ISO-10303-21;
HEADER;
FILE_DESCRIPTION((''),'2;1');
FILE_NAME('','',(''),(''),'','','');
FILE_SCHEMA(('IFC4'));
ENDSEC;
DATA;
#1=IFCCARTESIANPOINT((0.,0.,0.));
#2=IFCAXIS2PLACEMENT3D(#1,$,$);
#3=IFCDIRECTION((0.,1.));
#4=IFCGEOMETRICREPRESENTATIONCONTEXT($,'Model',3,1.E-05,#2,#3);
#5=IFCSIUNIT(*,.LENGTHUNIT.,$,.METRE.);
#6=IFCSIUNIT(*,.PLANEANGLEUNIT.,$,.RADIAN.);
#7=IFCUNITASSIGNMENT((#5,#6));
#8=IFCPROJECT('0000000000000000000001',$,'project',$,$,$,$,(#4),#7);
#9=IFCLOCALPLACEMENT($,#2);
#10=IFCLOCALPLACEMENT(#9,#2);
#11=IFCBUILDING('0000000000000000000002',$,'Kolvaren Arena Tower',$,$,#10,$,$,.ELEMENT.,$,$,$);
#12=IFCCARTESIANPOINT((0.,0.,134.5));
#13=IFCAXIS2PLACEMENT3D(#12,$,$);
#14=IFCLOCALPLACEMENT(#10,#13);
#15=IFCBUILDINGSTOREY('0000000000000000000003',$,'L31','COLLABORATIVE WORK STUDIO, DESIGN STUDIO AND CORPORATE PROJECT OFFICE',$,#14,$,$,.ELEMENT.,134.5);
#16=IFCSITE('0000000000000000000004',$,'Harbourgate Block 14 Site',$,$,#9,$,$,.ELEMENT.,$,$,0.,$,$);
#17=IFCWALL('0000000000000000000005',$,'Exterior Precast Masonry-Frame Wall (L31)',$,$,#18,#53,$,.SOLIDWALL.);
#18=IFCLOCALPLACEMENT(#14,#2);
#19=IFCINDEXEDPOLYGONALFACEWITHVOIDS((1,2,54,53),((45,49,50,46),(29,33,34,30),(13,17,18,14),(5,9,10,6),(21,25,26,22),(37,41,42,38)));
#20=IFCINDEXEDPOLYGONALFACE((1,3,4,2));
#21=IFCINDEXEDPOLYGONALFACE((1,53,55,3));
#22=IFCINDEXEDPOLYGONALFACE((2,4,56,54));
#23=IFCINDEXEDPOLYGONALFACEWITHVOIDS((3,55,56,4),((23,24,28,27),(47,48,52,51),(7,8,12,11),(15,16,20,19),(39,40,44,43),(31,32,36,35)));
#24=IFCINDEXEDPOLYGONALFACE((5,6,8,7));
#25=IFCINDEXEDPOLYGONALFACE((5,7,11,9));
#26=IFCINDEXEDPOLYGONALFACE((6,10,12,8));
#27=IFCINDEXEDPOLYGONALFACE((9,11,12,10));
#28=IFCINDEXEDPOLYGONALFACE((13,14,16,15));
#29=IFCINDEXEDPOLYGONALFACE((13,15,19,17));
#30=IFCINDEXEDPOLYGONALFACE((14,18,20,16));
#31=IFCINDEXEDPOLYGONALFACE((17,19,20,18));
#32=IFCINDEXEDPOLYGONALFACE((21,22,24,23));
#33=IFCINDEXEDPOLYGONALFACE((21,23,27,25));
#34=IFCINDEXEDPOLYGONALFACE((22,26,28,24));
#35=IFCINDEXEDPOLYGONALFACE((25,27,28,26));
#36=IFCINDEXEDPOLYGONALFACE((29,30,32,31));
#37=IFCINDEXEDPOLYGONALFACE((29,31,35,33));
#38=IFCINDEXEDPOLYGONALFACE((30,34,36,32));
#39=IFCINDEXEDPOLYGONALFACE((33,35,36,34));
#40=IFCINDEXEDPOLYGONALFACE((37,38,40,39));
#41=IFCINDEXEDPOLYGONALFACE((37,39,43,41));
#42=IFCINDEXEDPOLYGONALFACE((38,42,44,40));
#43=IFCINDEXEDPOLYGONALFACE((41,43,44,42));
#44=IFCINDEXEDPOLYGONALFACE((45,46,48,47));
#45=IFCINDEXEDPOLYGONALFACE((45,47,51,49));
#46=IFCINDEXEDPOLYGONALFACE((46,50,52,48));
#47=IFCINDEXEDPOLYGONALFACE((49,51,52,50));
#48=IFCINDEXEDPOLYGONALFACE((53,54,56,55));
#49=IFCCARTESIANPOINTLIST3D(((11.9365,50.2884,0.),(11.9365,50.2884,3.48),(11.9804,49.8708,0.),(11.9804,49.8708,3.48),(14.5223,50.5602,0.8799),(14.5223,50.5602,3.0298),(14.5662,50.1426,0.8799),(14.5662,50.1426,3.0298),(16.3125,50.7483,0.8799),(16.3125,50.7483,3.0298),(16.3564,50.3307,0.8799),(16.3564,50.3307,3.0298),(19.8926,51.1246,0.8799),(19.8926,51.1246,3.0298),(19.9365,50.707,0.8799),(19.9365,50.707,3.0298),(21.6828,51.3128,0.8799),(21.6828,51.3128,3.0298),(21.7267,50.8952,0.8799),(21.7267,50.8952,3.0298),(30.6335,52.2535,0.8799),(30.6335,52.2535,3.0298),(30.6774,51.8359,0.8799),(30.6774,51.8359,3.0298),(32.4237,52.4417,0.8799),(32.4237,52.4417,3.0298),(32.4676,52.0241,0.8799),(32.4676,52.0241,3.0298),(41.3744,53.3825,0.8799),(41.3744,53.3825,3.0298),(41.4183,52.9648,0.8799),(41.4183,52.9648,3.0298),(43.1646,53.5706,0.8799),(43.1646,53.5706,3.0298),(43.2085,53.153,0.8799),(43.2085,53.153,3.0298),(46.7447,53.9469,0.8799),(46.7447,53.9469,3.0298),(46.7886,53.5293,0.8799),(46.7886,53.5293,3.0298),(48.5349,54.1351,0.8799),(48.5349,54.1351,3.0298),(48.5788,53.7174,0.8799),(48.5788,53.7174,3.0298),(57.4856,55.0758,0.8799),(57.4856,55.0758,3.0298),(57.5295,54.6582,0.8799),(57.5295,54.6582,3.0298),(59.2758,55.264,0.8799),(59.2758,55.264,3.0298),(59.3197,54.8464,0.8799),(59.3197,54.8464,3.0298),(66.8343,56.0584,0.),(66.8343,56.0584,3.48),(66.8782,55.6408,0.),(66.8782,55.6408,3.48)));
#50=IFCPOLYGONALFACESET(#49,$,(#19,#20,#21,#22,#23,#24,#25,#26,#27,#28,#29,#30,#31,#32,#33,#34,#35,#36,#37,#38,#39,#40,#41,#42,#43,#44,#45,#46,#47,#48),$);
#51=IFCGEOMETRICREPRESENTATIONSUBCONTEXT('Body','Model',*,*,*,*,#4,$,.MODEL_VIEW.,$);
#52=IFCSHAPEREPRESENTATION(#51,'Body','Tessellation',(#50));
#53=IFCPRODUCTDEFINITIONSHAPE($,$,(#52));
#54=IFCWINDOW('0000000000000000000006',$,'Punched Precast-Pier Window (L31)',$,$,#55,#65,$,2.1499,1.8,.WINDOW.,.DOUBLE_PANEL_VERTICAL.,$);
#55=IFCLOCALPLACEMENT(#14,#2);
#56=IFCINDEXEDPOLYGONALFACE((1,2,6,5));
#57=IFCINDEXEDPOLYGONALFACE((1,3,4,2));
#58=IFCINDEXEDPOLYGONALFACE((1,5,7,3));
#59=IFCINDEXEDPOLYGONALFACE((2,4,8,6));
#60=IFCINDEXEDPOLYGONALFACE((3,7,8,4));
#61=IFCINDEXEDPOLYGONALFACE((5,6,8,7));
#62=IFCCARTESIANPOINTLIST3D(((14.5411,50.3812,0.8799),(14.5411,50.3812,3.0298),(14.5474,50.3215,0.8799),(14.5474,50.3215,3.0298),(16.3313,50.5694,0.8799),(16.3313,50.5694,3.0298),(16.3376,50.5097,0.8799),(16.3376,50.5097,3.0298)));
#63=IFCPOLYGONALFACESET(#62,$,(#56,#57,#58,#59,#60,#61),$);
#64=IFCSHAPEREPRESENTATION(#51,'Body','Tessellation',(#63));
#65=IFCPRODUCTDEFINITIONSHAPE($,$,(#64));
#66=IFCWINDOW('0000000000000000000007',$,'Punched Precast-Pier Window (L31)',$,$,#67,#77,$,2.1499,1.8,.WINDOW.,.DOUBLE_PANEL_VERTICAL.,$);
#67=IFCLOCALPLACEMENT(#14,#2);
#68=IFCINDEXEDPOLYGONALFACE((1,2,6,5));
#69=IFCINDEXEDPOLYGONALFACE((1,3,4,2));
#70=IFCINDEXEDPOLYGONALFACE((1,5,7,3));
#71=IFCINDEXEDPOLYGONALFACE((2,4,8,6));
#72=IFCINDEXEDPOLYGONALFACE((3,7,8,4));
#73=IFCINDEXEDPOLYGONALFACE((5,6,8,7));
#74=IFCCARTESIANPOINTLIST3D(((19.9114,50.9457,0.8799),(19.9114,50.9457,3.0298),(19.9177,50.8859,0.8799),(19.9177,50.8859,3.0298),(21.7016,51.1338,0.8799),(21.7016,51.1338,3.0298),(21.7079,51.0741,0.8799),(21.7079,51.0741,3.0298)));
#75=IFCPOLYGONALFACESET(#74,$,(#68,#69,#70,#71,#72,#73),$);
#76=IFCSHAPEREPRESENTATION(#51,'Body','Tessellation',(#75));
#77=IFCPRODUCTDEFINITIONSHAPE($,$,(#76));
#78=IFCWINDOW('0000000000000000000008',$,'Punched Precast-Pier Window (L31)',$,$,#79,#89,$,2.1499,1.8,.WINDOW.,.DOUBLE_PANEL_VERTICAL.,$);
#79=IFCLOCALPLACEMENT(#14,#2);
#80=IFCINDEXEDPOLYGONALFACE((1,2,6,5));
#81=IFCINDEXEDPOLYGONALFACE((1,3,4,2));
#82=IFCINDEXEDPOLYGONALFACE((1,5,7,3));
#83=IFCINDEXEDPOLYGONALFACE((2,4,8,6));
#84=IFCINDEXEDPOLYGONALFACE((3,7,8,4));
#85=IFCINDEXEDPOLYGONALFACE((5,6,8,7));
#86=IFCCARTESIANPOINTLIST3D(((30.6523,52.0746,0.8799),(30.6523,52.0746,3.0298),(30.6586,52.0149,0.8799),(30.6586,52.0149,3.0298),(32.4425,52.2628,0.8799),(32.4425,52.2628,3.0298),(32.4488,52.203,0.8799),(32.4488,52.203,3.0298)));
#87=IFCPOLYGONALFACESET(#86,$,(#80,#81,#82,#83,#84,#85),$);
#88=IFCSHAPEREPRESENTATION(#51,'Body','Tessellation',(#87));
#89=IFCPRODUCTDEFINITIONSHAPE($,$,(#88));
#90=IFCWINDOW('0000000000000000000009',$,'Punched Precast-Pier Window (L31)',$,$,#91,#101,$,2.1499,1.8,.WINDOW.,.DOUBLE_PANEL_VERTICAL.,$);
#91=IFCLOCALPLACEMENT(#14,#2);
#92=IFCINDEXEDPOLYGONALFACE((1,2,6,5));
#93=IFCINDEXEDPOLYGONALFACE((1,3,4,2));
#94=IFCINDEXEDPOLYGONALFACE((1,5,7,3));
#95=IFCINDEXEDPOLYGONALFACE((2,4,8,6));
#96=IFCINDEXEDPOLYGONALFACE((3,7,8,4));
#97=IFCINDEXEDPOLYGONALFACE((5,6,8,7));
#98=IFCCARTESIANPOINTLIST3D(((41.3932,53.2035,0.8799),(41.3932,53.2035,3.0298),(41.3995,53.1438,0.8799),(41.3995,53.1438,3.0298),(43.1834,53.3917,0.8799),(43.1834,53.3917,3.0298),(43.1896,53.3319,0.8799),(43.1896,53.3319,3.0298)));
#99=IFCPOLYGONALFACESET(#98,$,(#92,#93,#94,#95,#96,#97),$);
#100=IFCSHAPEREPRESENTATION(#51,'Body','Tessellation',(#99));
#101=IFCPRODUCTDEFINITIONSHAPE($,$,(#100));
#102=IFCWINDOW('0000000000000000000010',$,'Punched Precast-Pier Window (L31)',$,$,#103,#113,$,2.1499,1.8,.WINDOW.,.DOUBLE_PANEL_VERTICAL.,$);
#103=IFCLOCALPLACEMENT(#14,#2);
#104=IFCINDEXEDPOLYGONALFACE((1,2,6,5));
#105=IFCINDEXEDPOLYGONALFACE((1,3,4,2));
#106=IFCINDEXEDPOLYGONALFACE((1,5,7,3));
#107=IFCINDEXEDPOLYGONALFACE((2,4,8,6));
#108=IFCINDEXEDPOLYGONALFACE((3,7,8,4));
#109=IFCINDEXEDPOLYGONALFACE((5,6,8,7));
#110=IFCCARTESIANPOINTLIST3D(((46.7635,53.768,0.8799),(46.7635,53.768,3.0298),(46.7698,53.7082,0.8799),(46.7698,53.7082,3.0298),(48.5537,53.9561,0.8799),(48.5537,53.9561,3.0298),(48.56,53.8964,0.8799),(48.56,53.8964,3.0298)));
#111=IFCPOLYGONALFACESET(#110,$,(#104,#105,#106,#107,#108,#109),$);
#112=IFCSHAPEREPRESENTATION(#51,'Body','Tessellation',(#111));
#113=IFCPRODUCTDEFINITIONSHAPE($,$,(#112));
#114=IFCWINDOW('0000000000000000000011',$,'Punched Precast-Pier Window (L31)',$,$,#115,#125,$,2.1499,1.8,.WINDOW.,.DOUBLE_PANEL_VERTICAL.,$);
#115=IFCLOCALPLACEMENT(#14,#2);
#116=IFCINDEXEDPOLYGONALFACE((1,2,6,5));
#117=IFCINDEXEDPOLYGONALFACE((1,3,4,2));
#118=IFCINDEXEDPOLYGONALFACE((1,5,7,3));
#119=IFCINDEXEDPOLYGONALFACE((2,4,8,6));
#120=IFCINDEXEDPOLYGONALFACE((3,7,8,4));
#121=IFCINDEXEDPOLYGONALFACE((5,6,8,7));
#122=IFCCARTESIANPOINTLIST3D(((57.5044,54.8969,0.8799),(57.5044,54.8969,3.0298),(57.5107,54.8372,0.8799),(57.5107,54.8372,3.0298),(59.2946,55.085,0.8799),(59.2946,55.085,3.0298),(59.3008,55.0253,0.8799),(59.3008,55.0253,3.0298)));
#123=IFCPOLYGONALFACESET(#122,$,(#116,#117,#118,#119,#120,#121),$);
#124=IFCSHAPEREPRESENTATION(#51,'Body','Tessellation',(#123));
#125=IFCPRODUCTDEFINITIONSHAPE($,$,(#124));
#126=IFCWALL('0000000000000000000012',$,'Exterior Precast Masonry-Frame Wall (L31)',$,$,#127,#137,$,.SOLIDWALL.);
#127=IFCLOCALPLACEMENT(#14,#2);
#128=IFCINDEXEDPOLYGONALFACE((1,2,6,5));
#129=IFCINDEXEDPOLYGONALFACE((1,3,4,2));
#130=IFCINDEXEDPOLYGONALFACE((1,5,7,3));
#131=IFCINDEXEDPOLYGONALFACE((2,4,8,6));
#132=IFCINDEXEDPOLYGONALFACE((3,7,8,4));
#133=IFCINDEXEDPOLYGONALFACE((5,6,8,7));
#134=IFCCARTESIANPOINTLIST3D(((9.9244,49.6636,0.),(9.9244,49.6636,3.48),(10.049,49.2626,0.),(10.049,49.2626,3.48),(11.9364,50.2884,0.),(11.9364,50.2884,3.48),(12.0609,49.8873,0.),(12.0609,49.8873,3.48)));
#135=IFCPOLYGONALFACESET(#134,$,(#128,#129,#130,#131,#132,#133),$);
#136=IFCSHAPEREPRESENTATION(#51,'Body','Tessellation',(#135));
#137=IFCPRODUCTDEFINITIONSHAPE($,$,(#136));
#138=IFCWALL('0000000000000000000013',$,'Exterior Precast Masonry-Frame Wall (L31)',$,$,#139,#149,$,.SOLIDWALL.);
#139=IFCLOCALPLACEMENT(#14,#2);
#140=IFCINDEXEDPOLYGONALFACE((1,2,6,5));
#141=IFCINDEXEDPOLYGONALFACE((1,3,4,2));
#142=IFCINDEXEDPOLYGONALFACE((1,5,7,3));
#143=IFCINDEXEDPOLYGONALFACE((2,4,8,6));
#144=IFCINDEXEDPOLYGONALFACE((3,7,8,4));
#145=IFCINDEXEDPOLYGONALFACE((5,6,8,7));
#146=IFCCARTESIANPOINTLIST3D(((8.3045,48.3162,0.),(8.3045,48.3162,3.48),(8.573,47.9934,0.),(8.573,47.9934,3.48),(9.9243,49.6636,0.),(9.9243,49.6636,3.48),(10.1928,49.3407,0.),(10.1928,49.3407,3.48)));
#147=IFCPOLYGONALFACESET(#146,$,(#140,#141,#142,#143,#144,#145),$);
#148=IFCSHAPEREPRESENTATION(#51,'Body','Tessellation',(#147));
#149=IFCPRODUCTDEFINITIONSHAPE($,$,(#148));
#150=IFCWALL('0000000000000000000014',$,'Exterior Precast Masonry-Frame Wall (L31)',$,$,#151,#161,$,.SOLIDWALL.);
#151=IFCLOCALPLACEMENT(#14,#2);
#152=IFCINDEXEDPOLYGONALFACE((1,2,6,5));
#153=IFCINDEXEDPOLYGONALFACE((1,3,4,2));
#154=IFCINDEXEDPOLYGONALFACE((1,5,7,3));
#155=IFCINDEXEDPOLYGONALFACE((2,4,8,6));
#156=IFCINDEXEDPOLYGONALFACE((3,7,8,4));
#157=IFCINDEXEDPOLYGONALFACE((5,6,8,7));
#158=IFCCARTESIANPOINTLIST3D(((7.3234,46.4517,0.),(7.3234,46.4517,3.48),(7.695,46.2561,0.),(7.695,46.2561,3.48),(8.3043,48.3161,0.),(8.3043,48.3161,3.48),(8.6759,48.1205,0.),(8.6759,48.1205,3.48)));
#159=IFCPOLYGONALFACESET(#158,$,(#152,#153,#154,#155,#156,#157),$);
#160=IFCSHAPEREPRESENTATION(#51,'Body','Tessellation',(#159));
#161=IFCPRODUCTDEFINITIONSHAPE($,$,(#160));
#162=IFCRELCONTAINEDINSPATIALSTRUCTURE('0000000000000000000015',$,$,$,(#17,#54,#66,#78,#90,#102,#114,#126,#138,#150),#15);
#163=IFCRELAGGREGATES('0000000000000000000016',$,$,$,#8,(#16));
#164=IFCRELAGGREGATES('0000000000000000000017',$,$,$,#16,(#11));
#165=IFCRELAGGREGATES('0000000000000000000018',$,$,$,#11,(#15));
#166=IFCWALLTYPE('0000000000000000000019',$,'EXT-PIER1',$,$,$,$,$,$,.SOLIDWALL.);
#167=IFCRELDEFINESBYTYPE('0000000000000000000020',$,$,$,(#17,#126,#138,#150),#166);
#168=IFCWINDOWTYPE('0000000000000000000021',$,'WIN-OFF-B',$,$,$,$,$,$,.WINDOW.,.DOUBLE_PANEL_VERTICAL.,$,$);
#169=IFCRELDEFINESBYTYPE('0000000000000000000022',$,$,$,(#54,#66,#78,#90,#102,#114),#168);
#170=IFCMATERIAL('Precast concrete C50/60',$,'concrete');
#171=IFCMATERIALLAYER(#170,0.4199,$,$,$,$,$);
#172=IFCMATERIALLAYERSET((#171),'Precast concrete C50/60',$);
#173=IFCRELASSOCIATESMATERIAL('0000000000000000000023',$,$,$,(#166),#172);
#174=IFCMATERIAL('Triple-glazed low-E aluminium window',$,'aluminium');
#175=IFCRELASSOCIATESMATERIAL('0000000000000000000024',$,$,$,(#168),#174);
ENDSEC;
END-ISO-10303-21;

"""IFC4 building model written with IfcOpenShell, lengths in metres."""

from ifc_helpers import new_model, si_unit, direction, frame, frame_2d, origin, place, context, subcontext, project, spatial, rectangle, extrude, material, layer, layer_set, type_object, element, fill, save


model = new_model("IFC4")

# Units and contexts
model_context = context("Model", 3, precision=1e-05, world=origin(), true_north=direction((0.0, 1.0)))
body_context = subcontext(model_context, "Body", "Model", "MODEL_VIEW")
ifc_project = project(units=[si_unit("LENGTHUNIT", "METRE"), si_unit("PLANEANGLEUNIT", "RADIAN")], contexts=[model_context])

# Site, building, storey
site_placement = place(None, origin())
site = spatial("IfcSite", under=ifc_project, at=site_placement, Name="Harbourgate Block 14 Site", CompositionType="ELEMENT", RefElevation=0.0)
building_placement = place(site_placement, origin())
building = spatial("IfcBuilding", under=site, at=building_placement, Name="Kolvaren Arena Tower", CompositionType="ELEMENT")
storey_placement = place(building_placement, frame((0.0, 0.0, 134.5)))
storey = spatial("IfcBuildingStorey", under=building, at=storey_placement, Name="L31", Description="COLLABORATIVE WORK STUDIO, DESIGN STUDIO AND CORPORATE PROJECT OFFICE", CompositionType="ELEMENT", Elevation=134.5)

# Wall, openings, windows
ifc_material_1 = material(Name="Precast concrete C50/60", Category="concrete")
ifc_layer_1 = layer(ifc_material_1, 0.4199)
ifc_layer_set_1 = layer_set([ifc_layer_1], Name="Precast concrete C50/60")
wall_type_1 = type_object("IfcWallType", Name="EXT-PIER1", PredefinedType="SOLIDWALL", material=ifc_layer_set_1)
wall_1_placement = place(storey_placement, frame((11.9585, 50.0796, 0.0), z_axis=(0.0, 0.0, 1.0), x_axis=(0.994522, 0.104529, 0.0)))
wall_1 = element("IfcWall", 1, at=wall_1_placement, inside=storey, type_object=wall_type_1, Name="Exterior Precast Masonry-Frame Wall (L31)", PredefinedType="SOLIDWALL", context=body_context, shape_type="SweptSolid", body=[
    extrude(rectangle(XDim=55.2002, YDim=0.4199, at=frame_2d((27.6001, 0.0))), origin(), (0.0, 0.0, 1.0), 3.48),
])
opening_1_placement = place(wall_1_placement, frame((2.6001, 0.0, 0.8799)))
opening_1 = element("IfcOpeningElement", 2, at=opening_1_placement, cuts=wall_1, PredefinedType="OPENING", context=body_context, shape_type="SweptSolid", body=[
    extrude(rectangle(XDim=1.8, YDim=2.1499, at=frame_2d((0.8999, 1.075))), frame((0.0, 0.22, 0.0), z_axis=(0.0, -1.0, 0.0), x_axis=(1.0, 0.0, 0.0)), (0.0, 0.0, 1.0), 0.4399),
])
opening_2_placement = place(wall_1_placement, frame((8.0, 0.0, 0.8799)))
opening_2 = element("IfcOpeningElement", 3, at=opening_2_placement, cuts=wall_1, PredefinedType="OPENING", context=body_context, shape_type="SweptSolid", body=[
    extrude(rectangle(XDim=1.8, YDim=2.1499, at=frame_2d((0.8999, 1.075))), frame((0.0, 0.22, 0.0), z_axis=(0.0, -1.0, 0.0), x_axis=(1.0, 0.0, 0.0)), (0.0, 0.0, 1.0), 0.4399),
])
opening_3_placement = place(wall_1_placement, frame((18.8, 0.0, 0.8799)))
opening_3 = element("IfcOpeningElement", 4, at=opening_3_placement, cuts=wall_1, PredefinedType="OPENING", context=body_context, shape_type="SweptSolid", body=[
    extrude(rectangle(XDim=1.8, YDim=2.1499, at=frame_2d((0.8999, 1.075))), frame((0.0, 0.22, 0.0), z_axis=(0.0, -1.0, 0.0), x_axis=(1.0, 0.0, 0.0)), (0.0, 0.0, 1.0), 0.4399),
])
opening_4_placement = place(wall_1_placement, frame((29.6001, 0.0, 0.8799)))
opening_4 = element("IfcOpeningElement", 5, at=opening_4_placement, cuts=wall_1, PredefinedType="OPENING", context=body_context, shape_type="SweptSolid", body=[
    extrude(rectangle(XDim=1.8, YDim=2.1499, at=frame_2d((0.8999, 1.075))), frame((0.0, 0.22, 0.0), z_axis=(0.0, -1.0, 0.0), x_axis=(1.0, 0.0, 0.0)), (0.0, 0.0, 1.0), 0.4399),
])
opening_5_placement = place(wall_1_placement, frame((35.0, 0.0, 0.8799)))
opening_5 = element("IfcOpeningElement", 6, at=opening_5_placement, cuts=wall_1, PredefinedType="OPENING", context=body_context, shape_type="SweptSolid", body=[
    extrude(rectangle(XDim=1.8, YDim=2.1499, at=frame_2d((0.8999, 1.075))), frame((0.0, 0.22, 0.0), z_axis=(0.0, -1.0, 0.0), x_axis=(1.0, 0.0, 0.0)), (0.0, 0.0, 1.0), 0.4399),
])
opening_6_placement = place(wall_1_placement, frame((45.8, 0.0, 0.8799)))
opening_6 = element("IfcOpeningElement", 7, at=opening_6_placement, cuts=wall_1, PredefinedType="OPENING", context=body_context, shape_type="SweptSolid", body=[
    extrude(rectangle(XDim=1.8, YDim=2.1499, at=frame_2d((0.8999, 1.075))), frame((0.0, 0.22, 0.0), z_axis=(0.0, -1.0, 0.0), x_axis=(1.0, 0.0, 0.0)), (0.0, 0.0, 1.0), 0.4399),
])
ifc_material_2 = material(Name="Triple-glazed low-E aluminium window", Category="aluminium")
window_type = type_object("IfcWindowType", Name="WIN-OFF-B", PartitioningType="DOUBLE_PANEL_VERTICAL", PredefinedType="WINDOW", material=ifc_material_2)
window_1_placement = place(opening_1_placement, origin())
window_1 = element("IfcWindow", 8, at=window_1_placement, inside=storey, type_object=window_type, Name="Punched Precast-Pier Window (L31)", OverallHeight=2.1499, OverallWidth=1.8, PartitioningType="DOUBLE_PANEL_VERTICAL", PredefinedType="WINDOW", context=body_context, shape_type="SweptSolid", body=[
    extrude(rectangle(XDim=1.8, YDim=2.1499, at=frame_2d((0.8999, 1.075))), frame((0.0, 0.03, 0.0), z_axis=(0.0, -1.0, 0.0), x_axis=(1.0, 0.0, 0.0)), (0.0, 0.0, 1.0), 0.0601),
])
fill(opening_1, window_1)
window_2_placement = place(opening_2_placement, origin())
window_2 = element("IfcWindow", 9, at=window_2_placement, inside=storey, type_object=window_type, Name="Punched Precast-Pier Window (L31)", OverallHeight=2.1499, OverallWidth=1.8, PartitioningType="DOUBLE_PANEL_VERTICAL", PredefinedType="WINDOW", context=body_context, shape_type="SweptSolid", body=[
    extrude(rectangle(XDim=1.8, YDim=2.1499, at=frame_2d((0.8999, 1.075))), frame((0.0, 0.03, 0.0), z_axis=(0.0, -1.0, 0.0), x_axis=(1.0, 0.0, 0.0)), (0.0, 0.0, 1.0), 0.0601),
])
fill(opening_2, window_2)
window_3_placement = place(opening_3_placement, origin())
window_3 = element("IfcWindow", 10, at=window_3_placement, inside=storey, type_object=window_type, Name="Punched Precast-Pier Window (L31)", OverallHeight=2.1499, OverallWidth=1.8, PartitioningType="DOUBLE_PANEL_VERTICAL", PredefinedType="WINDOW", context=body_context, shape_type="SweptSolid", body=[
    extrude(rectangle(XDim=1.8, YDim=2.1499, at=frame_2d((0.8999, 1.075))), frame((0.0, 0.03, 0.0), z_axis=(0.0, -1.0, 0.0), x_axis=(1.0, 0.0, 0.0)), (0.0, 0.0, 1.0), 0.0601),
])
fill(opening_3, window_3)
window_4_placement = place(opening_4_placement, origin())
window_4 = element("IfcWindow", 11, at=window_4_placement, inside=storey, type_object=window_type, Name="Punched Precast-Pier Window (L31)", OverallHeight=2.1499, OverallWidth=1.8, PartitioningType="DOUBLE_PANEL_VERTICAL", PredefinedType="WINDOW", context=body_context, shape_type="SweptSolid", body=[
    extrude(rectangle(XDim=1.8, YDim=2.1499, at=frame_2d((0.8999, 1.075))), frame((0.0, 0.03, 0.0), z_axis=(0.0, -1.0, 0.0), x_axis=(1.0, 0.0, 0.0)), (0.0, 0.0, 1.0), 0.0601),
])
fill(opening_4, window_4)
window_5_placement = place(opening_5_placement, origin())
window_5 = element("IfcWindow", 12, at=window_5_placement, inside=storey, type_object=window_type, Name="Punched Precast-Pier Window (L31)", OverallHeight=2.1499, OverallWidth=1.8, PartitioningType="DOUBLE_PANEL_VERTICAL", PredefinedType="WINDOW", context=body_context, shape_type="SweptSolid", body=[
    extrude(rectangle(XDim=1.8, YDim=2.1499, at=frame_2d((0.8999, 1.075))), frame((0.0, 0.03, 0.0), z_axis=(0.0, -1.0, 0.0), x_axis=(1.0, 0.0, 0.0)), (0.0, 0.0, 1.0), 0.0601),
])
fill(opening_5, window_5)
window_6_placement = place(opening_6_placement, origin())
window_6 = element("IfcWindow", 13, at=window_6_placement, inside=storey, type_object=window_type, Name="Punched Precast-Pier Window (L31)", OverallHeight=2.1499, OverallWidth=1.8, PartitioningType="DOUBLE_PANEL_VERTICAL", PredefinedType="WINDOW", context=body_context, shape_type="SweptSolid", body=[
    extrude(rectangle(XDim=1.8, YDim=2.1499, at=frame_2d((0.8999, 1.075))), frame((0.0, 0.03, 0.0), z_axis=(0.0, -1.0, 0.0), x_axis=(1.0, 0.0, 0.0)), (0.0, 0.0, 1.0), 0.0601),
])
fill(opening_6, window_6)

# Walls
wall_2_placement = place(storey_placement, frame((9.9868, 49.4631, 0.0), z_axis=(0.0, 0.0, 1.0), x_axis=(0.955017, 0.296552, 0.0)))
element("IfcWall", 14, at=wall_2_placement, inside=storey, type_object=wall_type_1, Name="Exterior Precast Masonry-Frame Wall (L31)", PredefinedType="SOLIDWALL", context=body_context, shape_type="SweptSolid", body=[
    extrude(rectangle(XDim=2.1067, YDim=0.4199, at=frame_2d((1.0532, 0.0))), origin(), (0.0, 0.0, 1.0), 3.48),
])
wall_3_placement = place(storey_placement, frame((8.4387, 48.1548, 0.0), z_axis=(0.0, 0.0, 1.0), x_axis=(0.7688, 0.639489, 0.0)))
element("IfcWall", 15, at=wall_3_placement, inside=storey, type_object=wall_type_1, Name="Exterior Precast Masonry-Frame Wall (L31)", PredefinedType="SOLIDWALL", context=body_context, shape_type="SweptSolid", body=[
    extrude(rectangle(XDim=2.1069, YDim=0.4199, at=frame_2d((1.0535, 0.0))), origin(), (0.0, 0.0, 1.0), 3.48),
])
wall_4_placement = place(storey_placement, frame((7.5093, 46.354, 0.0), z_axis=(0.0, 0.0, 1.0), x_axis=(0.465613, 0.884989, 0.0)))
element("IfcWall", 16, at=wall_4_placement, inside=storey, type_object=wall_type_1, Name="Exterior Precast Masonry-Frame Wall (L31)", PredefinedType="SOLIDWALL", context=body_context, shape_type="SweptSolid", body=[
    extrude(rectangle(XDim=2.1067, YDim=0.4199, at=frame_2d((1.0532, 0.0))), origin(), (0.0, 0.0, 1.0), 3.48),
])

save(model, "model.ifc")
